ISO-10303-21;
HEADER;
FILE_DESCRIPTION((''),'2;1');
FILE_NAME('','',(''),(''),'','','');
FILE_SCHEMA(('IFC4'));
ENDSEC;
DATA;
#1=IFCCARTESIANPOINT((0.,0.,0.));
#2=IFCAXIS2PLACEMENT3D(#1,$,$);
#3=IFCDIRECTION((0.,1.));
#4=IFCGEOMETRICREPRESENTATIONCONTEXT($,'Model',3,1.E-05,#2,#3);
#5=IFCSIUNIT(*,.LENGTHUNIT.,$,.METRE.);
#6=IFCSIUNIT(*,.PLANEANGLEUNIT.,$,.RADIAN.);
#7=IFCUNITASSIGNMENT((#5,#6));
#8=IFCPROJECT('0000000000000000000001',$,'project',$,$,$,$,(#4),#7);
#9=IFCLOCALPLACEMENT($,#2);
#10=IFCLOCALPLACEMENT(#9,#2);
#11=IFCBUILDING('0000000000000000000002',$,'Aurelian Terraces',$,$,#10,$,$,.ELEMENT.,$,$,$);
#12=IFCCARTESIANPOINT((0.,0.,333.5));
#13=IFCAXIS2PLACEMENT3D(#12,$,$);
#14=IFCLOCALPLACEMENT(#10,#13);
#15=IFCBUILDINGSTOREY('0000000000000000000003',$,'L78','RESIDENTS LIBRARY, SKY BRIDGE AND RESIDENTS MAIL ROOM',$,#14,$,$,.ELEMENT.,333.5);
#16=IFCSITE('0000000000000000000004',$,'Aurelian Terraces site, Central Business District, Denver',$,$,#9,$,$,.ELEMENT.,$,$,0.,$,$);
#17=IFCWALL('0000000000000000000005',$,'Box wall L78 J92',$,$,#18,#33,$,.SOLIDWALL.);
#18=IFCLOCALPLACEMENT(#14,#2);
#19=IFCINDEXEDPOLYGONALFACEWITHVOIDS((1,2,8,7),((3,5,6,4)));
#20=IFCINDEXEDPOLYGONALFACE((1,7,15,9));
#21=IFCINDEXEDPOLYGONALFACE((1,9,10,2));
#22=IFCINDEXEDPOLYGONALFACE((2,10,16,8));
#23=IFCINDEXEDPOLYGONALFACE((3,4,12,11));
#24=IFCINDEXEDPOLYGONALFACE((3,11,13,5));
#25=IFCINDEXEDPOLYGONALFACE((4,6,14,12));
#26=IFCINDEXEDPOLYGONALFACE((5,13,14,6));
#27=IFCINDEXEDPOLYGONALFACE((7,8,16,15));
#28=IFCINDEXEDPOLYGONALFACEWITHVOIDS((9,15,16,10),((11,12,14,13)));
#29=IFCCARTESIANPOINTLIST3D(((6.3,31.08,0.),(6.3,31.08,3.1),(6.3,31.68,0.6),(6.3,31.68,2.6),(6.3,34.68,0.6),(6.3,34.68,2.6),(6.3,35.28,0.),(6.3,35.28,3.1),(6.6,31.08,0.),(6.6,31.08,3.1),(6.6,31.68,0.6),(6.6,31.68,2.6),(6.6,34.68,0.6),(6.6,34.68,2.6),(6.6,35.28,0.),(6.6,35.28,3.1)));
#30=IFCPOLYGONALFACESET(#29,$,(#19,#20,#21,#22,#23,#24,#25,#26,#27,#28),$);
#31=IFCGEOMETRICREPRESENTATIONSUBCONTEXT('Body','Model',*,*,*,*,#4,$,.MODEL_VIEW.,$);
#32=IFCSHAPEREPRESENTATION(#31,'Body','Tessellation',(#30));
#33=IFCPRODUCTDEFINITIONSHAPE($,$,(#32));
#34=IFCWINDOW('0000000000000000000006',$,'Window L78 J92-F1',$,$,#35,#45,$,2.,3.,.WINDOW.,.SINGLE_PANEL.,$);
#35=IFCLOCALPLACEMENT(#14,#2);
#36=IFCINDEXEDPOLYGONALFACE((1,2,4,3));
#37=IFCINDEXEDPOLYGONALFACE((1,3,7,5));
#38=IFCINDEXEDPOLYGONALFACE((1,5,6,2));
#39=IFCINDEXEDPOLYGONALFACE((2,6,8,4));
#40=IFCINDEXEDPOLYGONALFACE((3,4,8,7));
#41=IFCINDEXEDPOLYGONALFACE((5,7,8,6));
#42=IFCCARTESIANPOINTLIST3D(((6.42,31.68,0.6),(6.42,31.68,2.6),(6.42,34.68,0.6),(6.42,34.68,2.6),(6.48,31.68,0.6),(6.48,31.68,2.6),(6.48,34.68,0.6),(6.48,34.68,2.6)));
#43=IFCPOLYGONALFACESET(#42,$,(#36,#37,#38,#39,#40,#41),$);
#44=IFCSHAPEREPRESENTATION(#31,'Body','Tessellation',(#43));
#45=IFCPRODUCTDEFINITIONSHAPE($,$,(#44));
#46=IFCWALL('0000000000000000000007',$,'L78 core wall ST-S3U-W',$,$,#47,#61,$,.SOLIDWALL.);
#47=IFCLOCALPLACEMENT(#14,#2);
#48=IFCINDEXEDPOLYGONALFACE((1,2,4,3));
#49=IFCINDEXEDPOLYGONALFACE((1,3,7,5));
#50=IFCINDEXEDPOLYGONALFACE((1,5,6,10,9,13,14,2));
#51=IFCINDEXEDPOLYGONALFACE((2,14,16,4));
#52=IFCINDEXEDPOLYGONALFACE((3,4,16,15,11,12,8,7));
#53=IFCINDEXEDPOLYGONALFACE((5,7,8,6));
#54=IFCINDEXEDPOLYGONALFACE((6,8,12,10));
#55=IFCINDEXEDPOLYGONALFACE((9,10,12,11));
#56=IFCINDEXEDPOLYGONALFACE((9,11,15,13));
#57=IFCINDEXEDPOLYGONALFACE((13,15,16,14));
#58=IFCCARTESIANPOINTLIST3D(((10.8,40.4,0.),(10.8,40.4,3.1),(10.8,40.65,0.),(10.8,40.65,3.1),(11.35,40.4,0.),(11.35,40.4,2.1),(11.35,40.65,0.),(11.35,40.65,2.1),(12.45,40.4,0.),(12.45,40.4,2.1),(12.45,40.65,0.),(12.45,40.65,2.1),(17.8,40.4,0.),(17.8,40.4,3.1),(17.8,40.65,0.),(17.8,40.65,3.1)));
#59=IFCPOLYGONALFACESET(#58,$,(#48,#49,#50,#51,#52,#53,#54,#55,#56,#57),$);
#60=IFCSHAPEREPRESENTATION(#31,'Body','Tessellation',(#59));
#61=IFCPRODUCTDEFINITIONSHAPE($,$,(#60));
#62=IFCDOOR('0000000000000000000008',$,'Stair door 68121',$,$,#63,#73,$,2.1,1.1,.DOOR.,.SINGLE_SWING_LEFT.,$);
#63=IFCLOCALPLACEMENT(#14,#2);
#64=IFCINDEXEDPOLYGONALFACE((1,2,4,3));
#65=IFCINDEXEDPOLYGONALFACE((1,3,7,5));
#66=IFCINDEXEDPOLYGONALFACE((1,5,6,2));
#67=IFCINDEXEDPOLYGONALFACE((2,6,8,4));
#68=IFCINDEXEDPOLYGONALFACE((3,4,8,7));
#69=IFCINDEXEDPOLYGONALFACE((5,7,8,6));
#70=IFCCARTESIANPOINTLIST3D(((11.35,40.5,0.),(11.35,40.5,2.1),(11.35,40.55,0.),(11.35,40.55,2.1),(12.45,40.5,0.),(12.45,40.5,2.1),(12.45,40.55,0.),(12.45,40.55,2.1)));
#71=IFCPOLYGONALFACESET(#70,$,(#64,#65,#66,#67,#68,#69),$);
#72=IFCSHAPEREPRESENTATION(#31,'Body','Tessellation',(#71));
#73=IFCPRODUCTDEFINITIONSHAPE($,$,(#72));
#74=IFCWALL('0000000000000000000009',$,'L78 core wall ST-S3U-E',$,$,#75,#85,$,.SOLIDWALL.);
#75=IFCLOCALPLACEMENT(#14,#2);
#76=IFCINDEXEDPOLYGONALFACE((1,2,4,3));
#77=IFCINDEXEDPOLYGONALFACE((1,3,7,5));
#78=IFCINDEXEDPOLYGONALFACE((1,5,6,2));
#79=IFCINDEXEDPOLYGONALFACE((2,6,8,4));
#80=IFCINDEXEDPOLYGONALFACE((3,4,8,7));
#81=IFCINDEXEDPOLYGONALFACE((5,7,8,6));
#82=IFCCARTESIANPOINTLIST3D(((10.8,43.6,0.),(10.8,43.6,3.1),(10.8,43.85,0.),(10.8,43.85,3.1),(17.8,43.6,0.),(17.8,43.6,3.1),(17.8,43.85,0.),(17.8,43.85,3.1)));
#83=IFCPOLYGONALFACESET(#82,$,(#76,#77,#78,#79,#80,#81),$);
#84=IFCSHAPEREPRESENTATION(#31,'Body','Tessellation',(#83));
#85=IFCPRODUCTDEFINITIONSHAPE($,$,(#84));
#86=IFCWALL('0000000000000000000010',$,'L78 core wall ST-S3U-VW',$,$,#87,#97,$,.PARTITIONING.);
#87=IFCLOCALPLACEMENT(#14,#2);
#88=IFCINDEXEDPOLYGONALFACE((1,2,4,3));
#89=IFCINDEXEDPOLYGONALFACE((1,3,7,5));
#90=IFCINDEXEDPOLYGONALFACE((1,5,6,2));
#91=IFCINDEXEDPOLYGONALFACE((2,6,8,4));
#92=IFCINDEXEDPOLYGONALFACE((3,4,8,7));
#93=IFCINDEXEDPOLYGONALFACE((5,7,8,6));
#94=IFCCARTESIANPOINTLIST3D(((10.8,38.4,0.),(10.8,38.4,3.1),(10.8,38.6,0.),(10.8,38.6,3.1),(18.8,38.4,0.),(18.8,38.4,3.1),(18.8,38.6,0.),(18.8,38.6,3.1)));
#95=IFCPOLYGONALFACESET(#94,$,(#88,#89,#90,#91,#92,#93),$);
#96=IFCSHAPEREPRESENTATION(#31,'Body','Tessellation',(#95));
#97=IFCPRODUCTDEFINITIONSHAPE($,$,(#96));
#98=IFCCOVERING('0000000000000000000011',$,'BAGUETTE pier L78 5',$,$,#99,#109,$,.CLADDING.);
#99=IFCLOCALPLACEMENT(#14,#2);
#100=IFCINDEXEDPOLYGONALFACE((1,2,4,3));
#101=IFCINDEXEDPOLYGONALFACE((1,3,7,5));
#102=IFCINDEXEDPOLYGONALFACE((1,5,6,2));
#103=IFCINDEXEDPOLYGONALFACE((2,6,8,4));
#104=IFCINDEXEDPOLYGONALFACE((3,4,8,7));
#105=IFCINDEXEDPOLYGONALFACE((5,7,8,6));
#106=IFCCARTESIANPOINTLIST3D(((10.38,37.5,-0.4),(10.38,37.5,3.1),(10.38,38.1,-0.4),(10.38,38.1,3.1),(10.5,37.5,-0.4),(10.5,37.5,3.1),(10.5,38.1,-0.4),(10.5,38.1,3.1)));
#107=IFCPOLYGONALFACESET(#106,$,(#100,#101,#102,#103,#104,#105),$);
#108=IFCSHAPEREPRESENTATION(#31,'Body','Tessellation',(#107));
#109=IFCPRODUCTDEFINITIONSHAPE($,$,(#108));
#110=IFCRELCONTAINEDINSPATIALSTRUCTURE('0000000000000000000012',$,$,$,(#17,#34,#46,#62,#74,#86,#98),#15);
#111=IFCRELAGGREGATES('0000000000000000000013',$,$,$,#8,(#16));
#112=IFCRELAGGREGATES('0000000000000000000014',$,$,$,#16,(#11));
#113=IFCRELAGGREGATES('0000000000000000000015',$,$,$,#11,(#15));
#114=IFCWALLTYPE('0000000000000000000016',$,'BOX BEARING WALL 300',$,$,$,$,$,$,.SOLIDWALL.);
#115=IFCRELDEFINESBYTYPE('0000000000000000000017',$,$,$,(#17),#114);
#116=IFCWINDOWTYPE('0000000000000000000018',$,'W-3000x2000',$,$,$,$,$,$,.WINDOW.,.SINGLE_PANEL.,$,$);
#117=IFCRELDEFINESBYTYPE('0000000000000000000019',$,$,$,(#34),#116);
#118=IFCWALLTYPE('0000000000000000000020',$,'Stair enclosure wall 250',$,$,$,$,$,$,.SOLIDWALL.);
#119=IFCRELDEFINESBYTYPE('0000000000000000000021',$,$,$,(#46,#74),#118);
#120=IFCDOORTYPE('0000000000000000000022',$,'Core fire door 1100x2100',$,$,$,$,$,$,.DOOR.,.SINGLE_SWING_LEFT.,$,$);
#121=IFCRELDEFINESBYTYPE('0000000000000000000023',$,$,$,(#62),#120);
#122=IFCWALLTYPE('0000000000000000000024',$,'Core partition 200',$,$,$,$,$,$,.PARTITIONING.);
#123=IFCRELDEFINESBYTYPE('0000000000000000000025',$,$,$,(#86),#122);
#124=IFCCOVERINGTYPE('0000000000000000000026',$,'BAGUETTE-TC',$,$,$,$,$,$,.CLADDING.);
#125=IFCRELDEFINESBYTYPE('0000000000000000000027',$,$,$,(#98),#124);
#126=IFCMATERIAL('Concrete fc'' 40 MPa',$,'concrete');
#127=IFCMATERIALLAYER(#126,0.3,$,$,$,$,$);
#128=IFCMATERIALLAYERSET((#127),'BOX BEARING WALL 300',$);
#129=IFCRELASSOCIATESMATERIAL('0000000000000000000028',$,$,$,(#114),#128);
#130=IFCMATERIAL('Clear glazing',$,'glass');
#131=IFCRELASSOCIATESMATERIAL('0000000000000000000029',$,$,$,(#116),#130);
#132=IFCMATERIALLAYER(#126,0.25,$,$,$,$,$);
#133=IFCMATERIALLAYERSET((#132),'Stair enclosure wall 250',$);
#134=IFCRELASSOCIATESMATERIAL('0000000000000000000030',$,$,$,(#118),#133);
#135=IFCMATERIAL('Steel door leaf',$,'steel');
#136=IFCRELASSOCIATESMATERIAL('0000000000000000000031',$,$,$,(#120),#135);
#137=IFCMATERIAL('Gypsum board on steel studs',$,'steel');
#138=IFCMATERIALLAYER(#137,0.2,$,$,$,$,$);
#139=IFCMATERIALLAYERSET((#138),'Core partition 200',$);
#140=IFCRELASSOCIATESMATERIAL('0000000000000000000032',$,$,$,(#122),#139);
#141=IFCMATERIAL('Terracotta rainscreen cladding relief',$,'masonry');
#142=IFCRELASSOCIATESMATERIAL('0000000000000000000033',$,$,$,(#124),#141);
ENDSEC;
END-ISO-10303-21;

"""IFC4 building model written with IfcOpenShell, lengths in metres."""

from ifc_helpers import new_model, si_unit, direction, frame, frame_2d, origin, origin_2d, place, context, subcontext, project, spatial, rectangle, extrude, source, transform, mapped, material, layer, layer_set, type_object, element, fill, save


model = new_model("IFC4")

# Units and contexts
model_context = context("Model", 3, precision=1e-05, world=origin(), true_north=direction((0.0, 1.0)))
body_context = subcontext(model_context, "Body", "Model", "MODEL_VIEW")
ifc_project = project(units=[si_unit("LENGTHUNIT", "METRE"), si_unit("PLANEANGLEUNIT", "RADIAN")], contexts=[model_context])

# Site, building, storey
site_placement = place(None, origin())
site = spatial("IfcSite", under=ifc_project, at=site_placement, Name="Aurelian Terraces site, Central Business District, Denver", CompositionType="ELEMENT", RefElevation=0.0)
building_placement = place(site_placement, origin())
building = spatial("IfcBuilding", under=site, at=building_placement, Name="Aurelian Terraces", CompositionType="ELEMENT")
storey_placement = place(building_placement, frame((0.0, 0.0, 333.5)))
storey = spatial("IfcBuildingStorey", under=building, at=storey_placement, Name="L78", Description="RESIDENTS LIBRARY, SKY BRIDGE AND RESIDENTS MAIL ROOM", CompositionType="ELEMENT", Elevation=333.5)

# Shared definitions
ifc_material_1 = material(Name="Concrete fc' 40 MPa", Category="concrete")
ifc_material_2 = material(Name="Clear glazing", Category="glass")

# Wall, opening, window
ifc_layer_1 = layer(ifc_material_1, 0.3)
ifc_layer_set_1 = layer_set([ifc_layer_1], Name="BOX BEARING WALL 300")
wall_type_1 = type_object("IfcWallType", Name="BOX BEARING WALL 300", PredefinedType="SOLIDWALL", material=ifc_layer_set_1)
shared_shape_1 = source(origin(), body_context, "Body", "SweptSolid", [
    extrude(rectangle(XDim=4.2, YDim=0.3, at=frame_2d((2.1, 0.0))), origin(), (0.0, 0.0, 1.0), 3.1),
])
wall_1_placement = place(storey_placement, frame((6.45, 35.28, 0.0), z_axis=(0.0, 0.0, 1.0), x_axis=(0.0, -1.0, 0.0)))
wall_1 = element("IfcWall", 1, at=wall_1_placement, inside=storey, type_object=wall_type_1, Name="Box wall L78 J92", PredefinedType="SOLIDWALL", context=body_context, shape_type="MappedRepresentation", body=[
    mapped(shared_shape_1, transform((0.0, 0.0, 0.0), scale=1.0)),
])
shared_shape_2 = source(origin(), body_context, "Body", "SweptSolid", [
    extrude(rectangle(XDim=3.0, YDim=2.0, at=frame_2d((1.5, 1.0))), frame((0.0, 0.16, 0.0), z_axis=(0.0, -1.0, 0.0), x_axis=(1.0, 0.0, 0.0)), (0.0, 0.0, 1.0), 0.32),
])
opening_1_placement = place(wall_1_placement, frame((0.6, 0.0, 0.6)))
opening_1 = element("IfcOpeningElement", 2, at=opening_1_placement, cuts=wall_1, PredefinedType="OPENING", context=body_context, shape_type="MappedRepresentation", body=[
    mapped(shared_shape_2, transform((0.0, 0.0, 0.0), scale=1.0)),
])
window_type_1 = type_object("IfcWindowType", Name="W-3000x2000", PartitioningType="SINGLE_PANEL", PredefinedType="WINDOW", material=ifc_material_2)
shared_shape_3 = source(origin(), body_context, "Body", "SweptSolid", [
    extrude(rectangle(XDim=3.0, YDim=2.0, at=frame_2d((1.5, 1.0))), frame((0.0, 0.03, 0.0), z_axis=(0.0, -1.0, 0.0), x_axis=(1.0, 0.0, 0.0)), (0.0, 0.0, 1.0), 0.06),
])
window_1_placement = place(opening_1_placement, origin())
window_1 = element("IfcWindow", 3, at=window_1_placement, inside=storey, type_object=window_type_1, Name="Window L78 J92-F1", OverallHeight=2.0, OverallWidth=3.0, PartitioningType="SINGLE_PANEL", PredefinedType="WINDOW", context=body_context, shape_type="MappedRepresentation", body=[
    mapped(shared_shape_3, transform((0.0, 0.0, 0.0), scale=1.0)),
])
fill(opening_1, window_1)

# Wall, opening, door
ifc_layer_2 = layer(ifc_material_1, 0.25)
ifc_layer_set_2 = layer_set([ifc_layer_2], Name="Stair enclosure wall 250")
wall_type_2 = type_object("IfcWallType", Name="Stair enclosure wall 250", PredefinedType="SOLIDWALL", material=ifc_layer_set_2)
shared_shape_4 = source(origin(), body_context, "Body", "SweptSolid", [
    extrude(rectangle(XDim=7.0, YDim=0.25, at=frame_2d((3.5, 0.0))), origin(), (0.0, 0.0, 1.0), 3.1),
])
wall_2_placement = place(storey_placement, frame((10.8, 40.525, 0.0), z_axis=(0.0, 0.0, 1.0), x_axis=(1.0, 0.0, 0.0)))
wall_2 = element("IfcWall", 4, at=wall_2_placement, inside=storey, type_object=wall_type_2, Name="L78 core wall ST-S3U-W", PredefinedType="SOLIDWALL", context=body_context, shape_type="MappedRepresentation", body=[
    mapped(shared_shape_4, transform((0.0, 0.0, 0.0), scale=1.0)),
])
shared_shape_5 = source(origin(), body_context, "Body", "SweptSolid", [
    extrude(rectangle(XDim=1.1, YDim=2.1, at=frame_2d((0.55, 1.05))), frame((0.0, 0.135, 0.0), z_axis=(0.0, -1.0, 0.0), x_axis=(1.0, 0.0, 0.0)), (0.0, 0.0, 1.0), 0.27),
])
opening_2_placement = place(wall_2_placement, frame((0.55, 0.0, 0.0)))
opening_2 = element("IfcOpeningElement", 5, at=opening_2_placement, cuts=wall_2, PredefinedType="OPENING", context=body_context, shape_type="MappedRepresentation", body=[
    mapped(shared_shape_5, transform((0.0, 0.0, 0.0), scale=1.0)),
])
ifc_material_3 = material(Name="Steel door leaf", Category="steel")
door_type_1 = type_object("IfcDoorType", Name="Core fire door 1100x2100", OperationType="SINGLE_SWING_LEFT", PredefinedType="DOOR", material=ifc_material_3)
shared_shape_6 = source(origin(), body_context, "Body", "SweptSolid", [
    extrude(rectangle(XDim=1.1, YDim=2.1, at=frame_2d((0.55, 1.05))), frame((0.0, 0.025, 0.0), z_axis=(0.0, -1.0, 0.0), x_axis=(1.0, 0.0, 0.0)), (0.0, 0.0, 1.0), 0.05),
])
door_1_placement = place(opening_2_placement, origin())
door_1 = element("IfcDoor", 6, at=door_1_placement, inside=storey, type_object=door_type_1, Name="Stair door 68121", OperationType="SINGLE_SWING_LEFT", OverallHeight=2.1, OverallWidth=1.1, PredefinedType="DOOR", context=body_context, shape_type="MappedRepresentation", body=[
    mapped(shared_shape_6, transform((0.0, 0.0, 0.0), scale=1.0)),
])
fill(opening_2, door_1)

# Walls
wall_3_placement = place(storey_placement, frame((10.8, 43.725, 0.0), z_axis=(0.0, 0.0, 1.0), x_axis=(1.0, 0.0, 0.0)))
element("IfcWall", 7, at=wall_3_placement, inside=storey, type_object=wall_type_2, Name="L78 core wall ST-S3U-E", PredefinedType="SOLIDWALL", context=body_context, shape_type="MappedRepresentation", body=[
    mapped(shared_shape_4, transform((0.0, 0.0, 0.0), scale=1.0)),
])
ifc_material_4 = material(Name="Gypsum board on steel studs", Category="steel")
ifc_layer_3 = layer(ifc_material_4, 0.2)
ifc_layer_set_3 = layer_set([ifc_layer_3], Name="Core partition 200")
wall_type_3 = type_object("IfcWallType", Name="Core partition 200", PredefinedType="PARTITIONING", material=ifc_layer_set_3)
shared_shape_7 = source(origin(), body_context, "Body", "SweptSolid", [
    extrude(rectangle(XDim=8.0, YDim=0.2, at=frame_2d((4.0, 0.0))), origin(), (0.0, 0.0, 1.0), 3.1),
])
wall_4_placement = place(storey_placement, frame((10.8, 38.5, 0.0), z_axis=(0.0, 0.0, 1.0), x_axis=(1.0, 0.0, 0.0)))
element("IfcWall", 8, at=wall_4_placement, inside=storey, type_object=wall_type_3, Name="L78 core wall ST-S3U-VW", PredefinedType="PARTITIONING", context=body_context, shape_type="MappedRepresentation", body=[
    mapped(shared_shape_7, transform((0.0, 0.0, 0.0), scale=1.0)),
])

# Covering
ifc_material_5 = material(Name="Terracotta rainscreen cladding relief", Category="masonry")
covering_type = type_object("IfcCoveringType", Name="BAGUETTE-TC", PredefinedType="CLADDING", material=ifc_material_5)
shared_shape_8 = source(origin(), body_context, "Body", "SweptSolid", [
    extrude(rectangle(XDim=0.12, YDim=0.6, at=origin_2d()), origin(), (0.0, 0.0, 1.0), 3.5),
])
covering_placement = place(storey_placement, frame((10.44, 37.8, -0.4), z_axis=(0.0, 0.0, 1.0), x_axis=(1.0, 0.0, 0.0)))
element("IfcCovering", 9, at=covering_placement, inside=storey, type_object=covering_type, Name="BAGUETTE pier L78 5", PredefinedType="CLADDING", context=body_context, shape_type="MappedRepresentation", body=[
    mapped(shared_shape_8, transform((0.0, 0.0, 0.0), scale=1.0)),
])

save(model, "model.ifc")
